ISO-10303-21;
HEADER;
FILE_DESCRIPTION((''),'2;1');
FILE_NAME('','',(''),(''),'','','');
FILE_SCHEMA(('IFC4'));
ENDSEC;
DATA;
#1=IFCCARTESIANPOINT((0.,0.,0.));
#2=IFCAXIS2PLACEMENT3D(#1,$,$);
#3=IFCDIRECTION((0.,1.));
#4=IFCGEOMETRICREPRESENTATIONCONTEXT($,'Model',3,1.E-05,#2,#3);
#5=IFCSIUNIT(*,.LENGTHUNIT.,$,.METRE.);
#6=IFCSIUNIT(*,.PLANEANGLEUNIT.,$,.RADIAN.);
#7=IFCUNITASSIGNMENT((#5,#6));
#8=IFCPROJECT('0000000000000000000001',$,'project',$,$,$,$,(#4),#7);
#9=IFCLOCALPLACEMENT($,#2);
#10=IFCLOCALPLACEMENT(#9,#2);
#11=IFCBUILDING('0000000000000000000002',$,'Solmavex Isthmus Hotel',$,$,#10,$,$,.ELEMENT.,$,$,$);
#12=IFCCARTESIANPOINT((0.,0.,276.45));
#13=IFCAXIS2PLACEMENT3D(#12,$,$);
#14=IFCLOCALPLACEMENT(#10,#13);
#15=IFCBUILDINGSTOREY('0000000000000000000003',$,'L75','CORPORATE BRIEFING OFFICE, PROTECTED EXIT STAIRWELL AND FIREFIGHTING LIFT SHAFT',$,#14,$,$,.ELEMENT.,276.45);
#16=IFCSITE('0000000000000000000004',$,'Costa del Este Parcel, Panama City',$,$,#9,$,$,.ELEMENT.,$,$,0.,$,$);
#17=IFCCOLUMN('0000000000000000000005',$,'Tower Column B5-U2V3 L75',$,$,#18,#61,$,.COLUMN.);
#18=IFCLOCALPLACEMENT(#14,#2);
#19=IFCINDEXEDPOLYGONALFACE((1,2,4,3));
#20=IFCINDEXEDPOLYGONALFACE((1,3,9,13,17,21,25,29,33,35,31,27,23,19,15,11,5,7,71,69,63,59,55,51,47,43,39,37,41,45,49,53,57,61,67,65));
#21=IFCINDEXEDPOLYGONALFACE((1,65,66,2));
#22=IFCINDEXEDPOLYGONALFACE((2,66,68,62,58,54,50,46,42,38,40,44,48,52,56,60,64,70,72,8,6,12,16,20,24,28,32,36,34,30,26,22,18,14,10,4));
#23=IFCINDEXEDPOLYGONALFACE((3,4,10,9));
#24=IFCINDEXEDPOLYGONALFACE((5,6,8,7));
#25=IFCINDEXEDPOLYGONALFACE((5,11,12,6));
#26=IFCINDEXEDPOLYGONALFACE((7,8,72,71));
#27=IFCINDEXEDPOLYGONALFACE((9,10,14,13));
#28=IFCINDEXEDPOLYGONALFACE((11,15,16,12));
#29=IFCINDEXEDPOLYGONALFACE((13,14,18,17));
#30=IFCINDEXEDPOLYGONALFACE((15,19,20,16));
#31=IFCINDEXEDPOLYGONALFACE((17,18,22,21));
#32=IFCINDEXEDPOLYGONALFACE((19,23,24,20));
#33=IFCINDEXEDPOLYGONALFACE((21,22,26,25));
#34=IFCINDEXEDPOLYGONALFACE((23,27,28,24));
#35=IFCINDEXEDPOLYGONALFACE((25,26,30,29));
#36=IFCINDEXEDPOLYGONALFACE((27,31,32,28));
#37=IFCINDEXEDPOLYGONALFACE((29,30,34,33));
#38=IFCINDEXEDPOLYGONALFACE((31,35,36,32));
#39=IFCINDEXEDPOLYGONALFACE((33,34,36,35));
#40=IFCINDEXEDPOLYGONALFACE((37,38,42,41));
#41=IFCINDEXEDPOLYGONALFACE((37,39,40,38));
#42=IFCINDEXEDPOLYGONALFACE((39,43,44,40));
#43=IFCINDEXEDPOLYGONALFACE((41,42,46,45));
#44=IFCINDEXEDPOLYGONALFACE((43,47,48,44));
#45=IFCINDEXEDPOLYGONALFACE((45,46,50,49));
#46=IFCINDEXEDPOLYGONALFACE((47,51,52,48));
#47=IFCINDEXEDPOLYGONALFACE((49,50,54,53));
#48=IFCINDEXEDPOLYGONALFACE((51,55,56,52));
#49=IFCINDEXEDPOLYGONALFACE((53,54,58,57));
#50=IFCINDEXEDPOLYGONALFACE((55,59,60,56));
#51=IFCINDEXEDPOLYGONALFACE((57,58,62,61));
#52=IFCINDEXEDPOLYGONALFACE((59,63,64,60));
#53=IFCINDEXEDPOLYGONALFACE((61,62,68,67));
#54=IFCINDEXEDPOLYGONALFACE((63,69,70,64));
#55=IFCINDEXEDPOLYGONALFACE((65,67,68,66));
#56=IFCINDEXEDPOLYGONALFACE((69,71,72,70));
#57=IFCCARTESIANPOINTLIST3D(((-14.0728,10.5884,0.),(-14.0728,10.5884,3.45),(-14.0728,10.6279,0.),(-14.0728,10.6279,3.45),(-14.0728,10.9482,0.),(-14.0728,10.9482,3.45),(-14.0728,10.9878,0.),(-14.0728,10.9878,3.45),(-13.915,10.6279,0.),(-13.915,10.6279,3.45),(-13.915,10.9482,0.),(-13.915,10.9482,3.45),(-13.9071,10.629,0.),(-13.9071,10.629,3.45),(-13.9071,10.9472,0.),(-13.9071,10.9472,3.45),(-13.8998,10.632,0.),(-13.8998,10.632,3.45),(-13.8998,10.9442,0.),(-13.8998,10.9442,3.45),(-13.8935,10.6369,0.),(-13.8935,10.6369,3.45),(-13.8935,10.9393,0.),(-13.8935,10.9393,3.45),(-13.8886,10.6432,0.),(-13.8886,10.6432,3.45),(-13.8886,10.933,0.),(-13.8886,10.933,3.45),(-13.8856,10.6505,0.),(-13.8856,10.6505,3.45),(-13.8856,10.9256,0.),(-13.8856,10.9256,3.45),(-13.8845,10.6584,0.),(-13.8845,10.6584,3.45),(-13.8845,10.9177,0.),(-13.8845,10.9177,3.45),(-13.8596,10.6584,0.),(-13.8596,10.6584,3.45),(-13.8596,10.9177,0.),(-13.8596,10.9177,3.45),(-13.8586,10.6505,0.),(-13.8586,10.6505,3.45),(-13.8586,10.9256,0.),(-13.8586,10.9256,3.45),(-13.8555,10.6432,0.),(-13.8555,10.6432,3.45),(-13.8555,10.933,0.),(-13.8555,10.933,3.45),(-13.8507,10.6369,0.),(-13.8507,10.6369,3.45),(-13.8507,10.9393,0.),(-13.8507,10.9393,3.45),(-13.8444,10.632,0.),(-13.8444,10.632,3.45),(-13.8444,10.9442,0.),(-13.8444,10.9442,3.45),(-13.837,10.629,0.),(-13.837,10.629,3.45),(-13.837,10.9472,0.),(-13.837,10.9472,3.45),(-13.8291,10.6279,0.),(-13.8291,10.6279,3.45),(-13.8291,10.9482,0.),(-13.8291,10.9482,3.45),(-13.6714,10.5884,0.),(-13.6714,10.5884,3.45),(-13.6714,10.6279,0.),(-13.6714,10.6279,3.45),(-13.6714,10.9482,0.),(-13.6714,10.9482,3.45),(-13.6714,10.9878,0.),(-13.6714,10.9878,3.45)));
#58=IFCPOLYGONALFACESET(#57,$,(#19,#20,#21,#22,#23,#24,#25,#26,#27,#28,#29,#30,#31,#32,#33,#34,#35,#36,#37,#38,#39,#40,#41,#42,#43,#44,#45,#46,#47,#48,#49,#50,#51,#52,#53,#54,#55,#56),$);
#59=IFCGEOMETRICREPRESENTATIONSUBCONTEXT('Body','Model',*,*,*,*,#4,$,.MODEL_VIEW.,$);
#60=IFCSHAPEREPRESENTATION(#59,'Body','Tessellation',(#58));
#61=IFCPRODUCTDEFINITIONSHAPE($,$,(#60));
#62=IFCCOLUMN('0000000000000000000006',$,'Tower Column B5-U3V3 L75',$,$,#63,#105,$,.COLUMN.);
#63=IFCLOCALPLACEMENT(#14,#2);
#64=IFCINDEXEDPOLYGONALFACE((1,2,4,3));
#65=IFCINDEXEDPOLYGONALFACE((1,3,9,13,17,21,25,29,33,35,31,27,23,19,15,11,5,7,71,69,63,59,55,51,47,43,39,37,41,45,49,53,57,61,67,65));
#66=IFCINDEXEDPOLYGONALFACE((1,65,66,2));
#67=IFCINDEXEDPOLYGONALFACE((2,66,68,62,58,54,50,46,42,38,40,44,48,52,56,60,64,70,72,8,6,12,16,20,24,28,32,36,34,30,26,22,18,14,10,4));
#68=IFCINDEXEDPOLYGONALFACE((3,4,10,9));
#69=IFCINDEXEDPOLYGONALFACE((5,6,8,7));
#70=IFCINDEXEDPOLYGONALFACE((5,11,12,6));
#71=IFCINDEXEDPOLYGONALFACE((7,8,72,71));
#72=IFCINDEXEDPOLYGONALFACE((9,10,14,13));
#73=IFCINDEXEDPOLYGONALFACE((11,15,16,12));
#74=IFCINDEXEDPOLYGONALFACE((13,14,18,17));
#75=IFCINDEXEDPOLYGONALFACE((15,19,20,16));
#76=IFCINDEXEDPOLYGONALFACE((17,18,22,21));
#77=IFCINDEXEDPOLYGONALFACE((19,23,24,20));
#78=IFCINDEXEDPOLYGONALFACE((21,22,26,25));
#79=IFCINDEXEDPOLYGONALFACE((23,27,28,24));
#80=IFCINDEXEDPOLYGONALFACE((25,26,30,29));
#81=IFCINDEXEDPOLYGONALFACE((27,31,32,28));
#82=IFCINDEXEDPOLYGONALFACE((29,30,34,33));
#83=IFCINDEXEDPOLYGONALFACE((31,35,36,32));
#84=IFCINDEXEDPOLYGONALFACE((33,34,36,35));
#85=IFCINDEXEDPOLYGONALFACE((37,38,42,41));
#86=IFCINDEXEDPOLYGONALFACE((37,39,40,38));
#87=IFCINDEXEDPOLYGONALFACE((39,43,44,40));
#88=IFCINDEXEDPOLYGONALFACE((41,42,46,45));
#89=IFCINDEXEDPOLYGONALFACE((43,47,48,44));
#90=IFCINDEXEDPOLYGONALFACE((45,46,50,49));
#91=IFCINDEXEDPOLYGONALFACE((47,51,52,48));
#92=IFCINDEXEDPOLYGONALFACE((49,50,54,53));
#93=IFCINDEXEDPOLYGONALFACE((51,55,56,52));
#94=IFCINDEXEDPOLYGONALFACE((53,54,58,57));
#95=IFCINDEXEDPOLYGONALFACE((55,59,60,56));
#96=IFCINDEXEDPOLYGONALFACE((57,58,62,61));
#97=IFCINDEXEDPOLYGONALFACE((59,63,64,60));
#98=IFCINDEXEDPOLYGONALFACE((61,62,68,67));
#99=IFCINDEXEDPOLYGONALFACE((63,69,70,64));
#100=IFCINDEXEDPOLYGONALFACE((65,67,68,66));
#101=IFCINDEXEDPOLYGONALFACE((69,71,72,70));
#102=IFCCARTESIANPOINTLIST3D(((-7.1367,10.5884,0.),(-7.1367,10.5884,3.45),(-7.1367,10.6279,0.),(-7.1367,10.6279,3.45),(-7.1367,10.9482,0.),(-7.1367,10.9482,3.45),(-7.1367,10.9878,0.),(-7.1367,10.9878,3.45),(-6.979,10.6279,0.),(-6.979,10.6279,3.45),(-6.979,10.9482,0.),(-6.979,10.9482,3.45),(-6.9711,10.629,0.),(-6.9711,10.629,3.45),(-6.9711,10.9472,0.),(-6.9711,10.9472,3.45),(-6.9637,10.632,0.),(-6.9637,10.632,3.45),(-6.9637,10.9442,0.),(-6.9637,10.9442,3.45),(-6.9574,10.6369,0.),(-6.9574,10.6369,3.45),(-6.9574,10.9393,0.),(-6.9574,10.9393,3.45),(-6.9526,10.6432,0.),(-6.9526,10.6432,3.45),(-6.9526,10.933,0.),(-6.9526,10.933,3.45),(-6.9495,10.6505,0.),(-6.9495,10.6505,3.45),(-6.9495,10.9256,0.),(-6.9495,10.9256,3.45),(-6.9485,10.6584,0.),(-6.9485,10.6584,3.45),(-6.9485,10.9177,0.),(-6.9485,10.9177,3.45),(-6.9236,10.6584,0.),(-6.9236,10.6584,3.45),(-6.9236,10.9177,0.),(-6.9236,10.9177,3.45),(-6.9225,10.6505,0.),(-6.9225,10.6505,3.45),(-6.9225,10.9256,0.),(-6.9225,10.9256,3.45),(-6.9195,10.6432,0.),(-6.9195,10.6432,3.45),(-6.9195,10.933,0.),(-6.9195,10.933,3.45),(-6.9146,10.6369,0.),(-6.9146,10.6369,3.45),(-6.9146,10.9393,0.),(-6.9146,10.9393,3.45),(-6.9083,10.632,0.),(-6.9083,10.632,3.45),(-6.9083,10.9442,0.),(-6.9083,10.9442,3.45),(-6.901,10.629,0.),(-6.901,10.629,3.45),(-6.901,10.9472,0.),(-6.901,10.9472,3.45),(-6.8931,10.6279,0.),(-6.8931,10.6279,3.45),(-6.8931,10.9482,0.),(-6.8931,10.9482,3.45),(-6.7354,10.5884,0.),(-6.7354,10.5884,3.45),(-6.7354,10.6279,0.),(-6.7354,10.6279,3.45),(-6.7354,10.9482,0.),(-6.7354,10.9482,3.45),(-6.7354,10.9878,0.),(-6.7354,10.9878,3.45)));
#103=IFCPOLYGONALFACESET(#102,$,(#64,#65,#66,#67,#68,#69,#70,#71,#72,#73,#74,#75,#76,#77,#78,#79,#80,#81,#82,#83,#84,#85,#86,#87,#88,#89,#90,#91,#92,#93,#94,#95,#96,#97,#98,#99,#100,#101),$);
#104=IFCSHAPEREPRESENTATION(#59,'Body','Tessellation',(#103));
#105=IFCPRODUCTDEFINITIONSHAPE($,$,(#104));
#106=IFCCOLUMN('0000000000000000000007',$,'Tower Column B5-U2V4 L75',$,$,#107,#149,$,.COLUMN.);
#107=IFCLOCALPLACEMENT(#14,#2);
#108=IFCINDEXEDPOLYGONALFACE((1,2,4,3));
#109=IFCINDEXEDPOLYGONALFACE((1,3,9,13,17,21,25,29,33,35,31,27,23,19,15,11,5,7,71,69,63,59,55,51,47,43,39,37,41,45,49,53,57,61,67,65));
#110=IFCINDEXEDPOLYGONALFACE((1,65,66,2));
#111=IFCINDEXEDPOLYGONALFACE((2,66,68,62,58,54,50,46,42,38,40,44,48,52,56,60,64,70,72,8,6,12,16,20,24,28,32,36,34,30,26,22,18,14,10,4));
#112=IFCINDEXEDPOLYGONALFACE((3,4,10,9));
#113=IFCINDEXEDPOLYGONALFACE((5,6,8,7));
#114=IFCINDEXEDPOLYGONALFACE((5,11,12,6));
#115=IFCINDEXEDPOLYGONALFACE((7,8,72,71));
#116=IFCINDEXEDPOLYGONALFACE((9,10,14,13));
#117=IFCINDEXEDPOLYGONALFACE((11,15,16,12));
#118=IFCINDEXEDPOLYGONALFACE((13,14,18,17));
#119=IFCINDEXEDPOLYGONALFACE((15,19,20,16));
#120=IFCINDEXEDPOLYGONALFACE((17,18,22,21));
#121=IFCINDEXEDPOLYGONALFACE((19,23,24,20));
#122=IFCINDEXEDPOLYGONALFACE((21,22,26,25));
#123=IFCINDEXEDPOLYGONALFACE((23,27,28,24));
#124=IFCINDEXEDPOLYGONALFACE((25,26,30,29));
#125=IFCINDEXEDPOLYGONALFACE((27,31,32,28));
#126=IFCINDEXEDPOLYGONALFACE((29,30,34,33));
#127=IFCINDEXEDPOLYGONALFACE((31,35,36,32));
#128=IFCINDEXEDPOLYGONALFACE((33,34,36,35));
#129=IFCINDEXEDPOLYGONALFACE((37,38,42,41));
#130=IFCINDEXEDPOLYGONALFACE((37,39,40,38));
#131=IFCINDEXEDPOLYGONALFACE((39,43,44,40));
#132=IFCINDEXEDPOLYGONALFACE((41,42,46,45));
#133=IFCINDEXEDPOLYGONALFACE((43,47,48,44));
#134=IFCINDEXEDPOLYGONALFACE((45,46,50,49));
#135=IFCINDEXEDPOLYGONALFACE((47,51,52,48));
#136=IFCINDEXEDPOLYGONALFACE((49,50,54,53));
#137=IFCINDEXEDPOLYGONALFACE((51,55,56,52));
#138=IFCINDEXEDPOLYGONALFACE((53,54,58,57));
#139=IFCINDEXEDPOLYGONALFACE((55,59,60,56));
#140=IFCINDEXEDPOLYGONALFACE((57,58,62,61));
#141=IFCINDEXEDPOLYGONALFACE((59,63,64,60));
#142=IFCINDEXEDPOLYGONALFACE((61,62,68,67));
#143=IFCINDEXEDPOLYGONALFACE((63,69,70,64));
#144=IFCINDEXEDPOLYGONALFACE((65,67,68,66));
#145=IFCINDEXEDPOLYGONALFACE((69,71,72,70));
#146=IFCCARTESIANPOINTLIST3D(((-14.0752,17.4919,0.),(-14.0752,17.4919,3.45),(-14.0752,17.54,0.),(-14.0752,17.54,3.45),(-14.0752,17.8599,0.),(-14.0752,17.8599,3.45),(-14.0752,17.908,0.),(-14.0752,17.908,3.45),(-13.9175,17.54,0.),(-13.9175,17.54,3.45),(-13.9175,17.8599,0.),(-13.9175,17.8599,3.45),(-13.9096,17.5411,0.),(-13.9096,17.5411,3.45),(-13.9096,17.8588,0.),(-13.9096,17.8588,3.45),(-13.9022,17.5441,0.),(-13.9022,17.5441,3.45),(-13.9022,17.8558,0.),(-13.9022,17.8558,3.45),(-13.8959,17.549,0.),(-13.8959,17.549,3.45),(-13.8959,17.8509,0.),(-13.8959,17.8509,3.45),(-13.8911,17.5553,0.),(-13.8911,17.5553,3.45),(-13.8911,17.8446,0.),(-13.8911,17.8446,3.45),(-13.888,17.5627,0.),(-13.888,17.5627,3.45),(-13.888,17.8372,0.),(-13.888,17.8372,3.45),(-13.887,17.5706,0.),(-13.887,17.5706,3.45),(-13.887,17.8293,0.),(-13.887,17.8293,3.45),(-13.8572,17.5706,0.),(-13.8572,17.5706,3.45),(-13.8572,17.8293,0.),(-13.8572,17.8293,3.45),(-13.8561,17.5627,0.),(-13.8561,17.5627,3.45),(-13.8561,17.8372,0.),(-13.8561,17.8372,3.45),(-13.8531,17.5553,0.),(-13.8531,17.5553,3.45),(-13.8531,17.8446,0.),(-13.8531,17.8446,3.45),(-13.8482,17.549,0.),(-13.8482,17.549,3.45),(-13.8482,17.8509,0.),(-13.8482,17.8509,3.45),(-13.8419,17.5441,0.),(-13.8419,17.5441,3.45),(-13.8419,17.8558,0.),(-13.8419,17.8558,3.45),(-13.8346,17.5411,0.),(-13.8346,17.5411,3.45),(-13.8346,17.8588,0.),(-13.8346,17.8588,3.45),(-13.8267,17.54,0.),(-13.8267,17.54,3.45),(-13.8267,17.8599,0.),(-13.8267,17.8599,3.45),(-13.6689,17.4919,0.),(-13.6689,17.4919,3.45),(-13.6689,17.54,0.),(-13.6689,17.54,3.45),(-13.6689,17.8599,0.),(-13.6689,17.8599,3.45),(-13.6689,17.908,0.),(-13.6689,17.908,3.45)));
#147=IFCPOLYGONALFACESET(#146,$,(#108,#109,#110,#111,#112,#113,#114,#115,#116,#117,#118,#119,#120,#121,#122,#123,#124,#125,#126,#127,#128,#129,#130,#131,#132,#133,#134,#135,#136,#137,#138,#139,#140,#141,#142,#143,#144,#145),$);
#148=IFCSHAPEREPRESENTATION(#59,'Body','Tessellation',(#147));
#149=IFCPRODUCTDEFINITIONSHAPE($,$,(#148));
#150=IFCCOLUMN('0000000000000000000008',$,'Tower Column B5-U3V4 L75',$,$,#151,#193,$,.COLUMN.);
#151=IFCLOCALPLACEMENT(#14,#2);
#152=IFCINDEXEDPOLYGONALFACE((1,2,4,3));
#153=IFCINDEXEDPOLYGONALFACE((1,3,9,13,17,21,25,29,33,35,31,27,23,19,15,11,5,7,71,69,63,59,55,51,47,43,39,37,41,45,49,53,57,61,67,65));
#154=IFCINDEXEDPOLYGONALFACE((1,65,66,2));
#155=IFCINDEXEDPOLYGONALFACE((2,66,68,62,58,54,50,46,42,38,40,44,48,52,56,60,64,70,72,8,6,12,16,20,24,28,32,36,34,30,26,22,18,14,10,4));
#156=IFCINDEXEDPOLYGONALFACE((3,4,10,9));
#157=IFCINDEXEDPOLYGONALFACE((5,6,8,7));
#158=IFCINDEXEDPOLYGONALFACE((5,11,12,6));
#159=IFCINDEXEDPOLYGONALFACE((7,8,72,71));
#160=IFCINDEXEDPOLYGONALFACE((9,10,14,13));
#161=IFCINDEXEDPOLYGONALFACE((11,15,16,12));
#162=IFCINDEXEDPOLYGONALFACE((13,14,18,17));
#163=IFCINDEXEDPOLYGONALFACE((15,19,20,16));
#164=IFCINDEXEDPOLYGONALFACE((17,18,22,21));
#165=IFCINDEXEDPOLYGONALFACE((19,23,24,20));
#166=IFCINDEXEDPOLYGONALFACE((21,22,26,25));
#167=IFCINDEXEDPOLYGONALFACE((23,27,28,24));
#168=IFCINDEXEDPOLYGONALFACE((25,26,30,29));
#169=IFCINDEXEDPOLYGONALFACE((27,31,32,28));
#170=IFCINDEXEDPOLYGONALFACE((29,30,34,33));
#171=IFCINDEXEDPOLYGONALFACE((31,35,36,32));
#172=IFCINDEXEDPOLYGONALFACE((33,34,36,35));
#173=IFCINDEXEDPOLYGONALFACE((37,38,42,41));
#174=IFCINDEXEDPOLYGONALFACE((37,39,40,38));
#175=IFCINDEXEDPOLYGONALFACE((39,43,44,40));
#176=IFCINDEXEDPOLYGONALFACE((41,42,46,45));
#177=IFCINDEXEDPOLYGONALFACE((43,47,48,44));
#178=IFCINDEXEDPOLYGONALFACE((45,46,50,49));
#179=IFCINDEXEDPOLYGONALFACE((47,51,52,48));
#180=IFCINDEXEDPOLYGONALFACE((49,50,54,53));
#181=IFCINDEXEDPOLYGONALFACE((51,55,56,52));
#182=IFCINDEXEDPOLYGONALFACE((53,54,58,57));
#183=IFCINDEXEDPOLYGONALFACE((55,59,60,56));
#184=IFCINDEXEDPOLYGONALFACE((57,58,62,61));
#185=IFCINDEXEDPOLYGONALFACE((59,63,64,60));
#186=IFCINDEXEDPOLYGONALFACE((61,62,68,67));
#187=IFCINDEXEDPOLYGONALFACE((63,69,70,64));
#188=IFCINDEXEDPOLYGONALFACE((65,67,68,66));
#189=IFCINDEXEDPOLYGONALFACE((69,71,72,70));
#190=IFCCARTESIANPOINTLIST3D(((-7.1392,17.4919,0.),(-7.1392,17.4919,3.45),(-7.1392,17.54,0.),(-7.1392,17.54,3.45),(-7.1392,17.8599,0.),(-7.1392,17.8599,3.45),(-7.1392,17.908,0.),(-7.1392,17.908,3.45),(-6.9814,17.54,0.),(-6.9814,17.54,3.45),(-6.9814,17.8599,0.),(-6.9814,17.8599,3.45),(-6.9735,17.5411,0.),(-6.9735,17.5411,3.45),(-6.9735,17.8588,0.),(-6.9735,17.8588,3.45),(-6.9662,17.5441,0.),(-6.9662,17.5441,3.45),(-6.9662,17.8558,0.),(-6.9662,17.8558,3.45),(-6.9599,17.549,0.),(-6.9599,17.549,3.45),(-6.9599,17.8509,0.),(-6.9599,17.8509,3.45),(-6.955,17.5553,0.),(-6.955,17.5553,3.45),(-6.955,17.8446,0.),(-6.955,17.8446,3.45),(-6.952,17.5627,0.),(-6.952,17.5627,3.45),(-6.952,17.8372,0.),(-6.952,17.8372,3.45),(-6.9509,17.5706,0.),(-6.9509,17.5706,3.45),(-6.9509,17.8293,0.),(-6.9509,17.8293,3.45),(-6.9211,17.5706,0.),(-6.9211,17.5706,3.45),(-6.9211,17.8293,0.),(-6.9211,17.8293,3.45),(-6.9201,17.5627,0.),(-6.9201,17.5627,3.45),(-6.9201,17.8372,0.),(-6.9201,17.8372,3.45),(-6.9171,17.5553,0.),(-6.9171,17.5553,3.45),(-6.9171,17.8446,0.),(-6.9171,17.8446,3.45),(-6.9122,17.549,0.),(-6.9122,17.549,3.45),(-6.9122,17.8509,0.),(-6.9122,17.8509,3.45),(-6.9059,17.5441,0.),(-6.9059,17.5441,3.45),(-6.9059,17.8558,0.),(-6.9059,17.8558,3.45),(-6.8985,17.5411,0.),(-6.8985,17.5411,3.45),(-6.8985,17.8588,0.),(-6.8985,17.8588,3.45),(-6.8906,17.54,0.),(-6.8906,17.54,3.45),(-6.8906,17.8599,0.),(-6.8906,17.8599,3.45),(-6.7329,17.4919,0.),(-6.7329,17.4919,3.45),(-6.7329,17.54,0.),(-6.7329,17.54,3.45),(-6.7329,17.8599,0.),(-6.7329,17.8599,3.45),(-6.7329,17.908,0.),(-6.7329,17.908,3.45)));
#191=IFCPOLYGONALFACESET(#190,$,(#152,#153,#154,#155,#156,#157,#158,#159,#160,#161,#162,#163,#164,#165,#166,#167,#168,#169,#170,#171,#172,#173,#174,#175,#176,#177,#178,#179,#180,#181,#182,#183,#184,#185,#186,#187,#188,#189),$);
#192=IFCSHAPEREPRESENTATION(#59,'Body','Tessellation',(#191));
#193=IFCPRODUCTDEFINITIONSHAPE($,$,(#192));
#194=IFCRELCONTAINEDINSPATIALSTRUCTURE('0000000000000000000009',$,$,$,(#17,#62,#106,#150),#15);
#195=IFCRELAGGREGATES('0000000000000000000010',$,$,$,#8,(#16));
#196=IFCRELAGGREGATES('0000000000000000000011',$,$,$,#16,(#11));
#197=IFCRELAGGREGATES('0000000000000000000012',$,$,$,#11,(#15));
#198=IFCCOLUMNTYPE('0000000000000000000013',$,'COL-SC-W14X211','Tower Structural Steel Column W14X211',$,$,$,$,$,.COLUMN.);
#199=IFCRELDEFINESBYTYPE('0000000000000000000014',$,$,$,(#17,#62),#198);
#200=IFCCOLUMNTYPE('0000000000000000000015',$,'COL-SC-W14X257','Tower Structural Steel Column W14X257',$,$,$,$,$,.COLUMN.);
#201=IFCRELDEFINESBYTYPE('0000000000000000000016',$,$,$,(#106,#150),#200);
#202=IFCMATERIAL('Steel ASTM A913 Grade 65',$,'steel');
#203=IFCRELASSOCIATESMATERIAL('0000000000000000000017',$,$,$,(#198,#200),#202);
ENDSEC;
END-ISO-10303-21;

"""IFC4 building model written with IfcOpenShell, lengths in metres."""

from ifc_helpers import new_model, si_unit, direction, frame, origin, origin_2d, place, context, subcontext, project, spatial, i_section, extrude, material, material_profile, profile_set, type_object, element, save


model = new_model("IFC4")

# Units and contexts
model_context = context("Model", 3, precision=1e-05, world=origin(), true_north=direction((0.0, 1.0)))
body_context = subcontext(model_context, "Body", "Model", "MODEL_VIEW")
ifc_project = project(units=[si_unit("LENGTHUNIT", "METRE"), si_unit("PLANEANGLEUNIT", "RADIAN")], contexts=[model_context])

# Site, building, storey
site_placement = place(None, origin())
site = spatial("IfcSite", under=ifc_project, at=site_placement, Name="Costa del Este Parcel, Panama City", CompositionType="ELEMENT", RefElevation=0.0)
building_placement = place(site_placement, origin())
building = spatial("IfcBuilding", under=site, at=building_placement, Name="Solmavex Isthmus Hotel", CompositionType="ELEMENT")
storey_placement = place(building_placement, frame((0.0, 0.0, 276.45)))
storey = spatial("IfcBuildingStorey", under=building, at=storey_placement, Name="L75", Description="CORPORATE BRIEFING OFFICE, PROTECTED EXIT STAIRWELL AND FIREFIGHTING LIFT SHAFT", CompositionType="ELEMENT", Elevation=276.45)

# Columns
ifc_material_1 = material(Name="Steel ASTM A913 Grade 65", Category="steel")
ifc_material_profile_1 = material_profile(ifc_material_1, i_section(OverallWidth=0.4014, OverallDepth=0.3994, WebThickness=0.0249, FlangeThickness=0.0396, FilletRadius=0.0305, at=origin_2d()), Name="W14X211")
ifc_profile_set_1 = profile_set([ifc_material_profile_1], Name="Steel ASTM A913 Grade 65")
column_type_1 = type_object("IfcColumnType", Name="COL-SC-W14X211", Description="Tower Structural Steel Column W14X211", PredefinedType="COLUMN", material=ifc_profile_set_1)
for number, where, z_axis, x_axis, name in (
    (1, (-13.8721, 10.7881, 0.0), (0.0, 0.0, 1.0), (1.0, 0.0, 0.0), "Tower Column B5-U2V3 L75"),
    (2, (-6.936, 10.7881, 0.0), (0.0, 0.0, 1.0), (1.0, 0.0, 0.0), "Tower Column B5-U3V3 L75"),
):
    element("IfcColumn", number, at=place(storey_placement, frame(where, z_axis=z_axis, x_axis=x_axis)), inside=storey, type_object=column_type_1, Name=name, PredefinedType="COLUMN", context=body_context, shape_type="SweptSolid", body=[
        extrude(i_section(OverallWidth=0.4014, OverallDepth=0.3994, WebThickness=0.0249, FlangeThickness=0.0396, FilletRadius=0.0305, at=origin_2d()), origin(), (0.0, 0.0, 1.0), 3.45),
    ])
ifc_material_profile_2 = material_profile(ifc_material_1, i_section(OverallWidth=0.4062, OverallDepth=0.416, WebThickness=0.0298, FlangeThickness=0.0481, FilletRadius=0.0305, at=origin_2d()), Name="W14X257")
ifc_profile_set_2 = profile_set([ifc_material_profile_2], Name="Steel ASTM A913 Grade 65")
column_type_2 = type_object("IfcColumnType", Name="COL-SC-W14X257", Description="Tower Structural Steel Column W14X257", PredefinedType="COLUMN", material=ifc_profile_set_2)
for number, where, z_axis, x_axis, name in (
    (3, (-13.8721, 17.7, 0.0), (0.0, 0.0, 1.0), (1.0, 0.0, 0.0), "Tower Column B5-U2V4 L75"),
    (4, (-6.936, 17.7, 0.0), (0.0, 0.0, 1.0), (1.0, 0.0, 0.0), "Tower Column B5-U3V4 L75"),
):
    element("IfcColumn", number, at=place(storey_placement, frame(where, z_axis=z_axis, x_axis=x_axis)), inside=storey, type_object=column_type_2, Name=name, PredefinedType="COLUMN", context=body_context, shape_type="SweptSolid", body=[
        extrude(i_section(OverallWidth=0.4062, OverallDepth=0.416, WebThickness=0.0298, FlangeThickness=0.0481, FilletRadius=0.0305, at=origin_2d()), origin(), (0.0, 0.0, 1.0), 3.45),
    ])

save(model, "model.ifc")
